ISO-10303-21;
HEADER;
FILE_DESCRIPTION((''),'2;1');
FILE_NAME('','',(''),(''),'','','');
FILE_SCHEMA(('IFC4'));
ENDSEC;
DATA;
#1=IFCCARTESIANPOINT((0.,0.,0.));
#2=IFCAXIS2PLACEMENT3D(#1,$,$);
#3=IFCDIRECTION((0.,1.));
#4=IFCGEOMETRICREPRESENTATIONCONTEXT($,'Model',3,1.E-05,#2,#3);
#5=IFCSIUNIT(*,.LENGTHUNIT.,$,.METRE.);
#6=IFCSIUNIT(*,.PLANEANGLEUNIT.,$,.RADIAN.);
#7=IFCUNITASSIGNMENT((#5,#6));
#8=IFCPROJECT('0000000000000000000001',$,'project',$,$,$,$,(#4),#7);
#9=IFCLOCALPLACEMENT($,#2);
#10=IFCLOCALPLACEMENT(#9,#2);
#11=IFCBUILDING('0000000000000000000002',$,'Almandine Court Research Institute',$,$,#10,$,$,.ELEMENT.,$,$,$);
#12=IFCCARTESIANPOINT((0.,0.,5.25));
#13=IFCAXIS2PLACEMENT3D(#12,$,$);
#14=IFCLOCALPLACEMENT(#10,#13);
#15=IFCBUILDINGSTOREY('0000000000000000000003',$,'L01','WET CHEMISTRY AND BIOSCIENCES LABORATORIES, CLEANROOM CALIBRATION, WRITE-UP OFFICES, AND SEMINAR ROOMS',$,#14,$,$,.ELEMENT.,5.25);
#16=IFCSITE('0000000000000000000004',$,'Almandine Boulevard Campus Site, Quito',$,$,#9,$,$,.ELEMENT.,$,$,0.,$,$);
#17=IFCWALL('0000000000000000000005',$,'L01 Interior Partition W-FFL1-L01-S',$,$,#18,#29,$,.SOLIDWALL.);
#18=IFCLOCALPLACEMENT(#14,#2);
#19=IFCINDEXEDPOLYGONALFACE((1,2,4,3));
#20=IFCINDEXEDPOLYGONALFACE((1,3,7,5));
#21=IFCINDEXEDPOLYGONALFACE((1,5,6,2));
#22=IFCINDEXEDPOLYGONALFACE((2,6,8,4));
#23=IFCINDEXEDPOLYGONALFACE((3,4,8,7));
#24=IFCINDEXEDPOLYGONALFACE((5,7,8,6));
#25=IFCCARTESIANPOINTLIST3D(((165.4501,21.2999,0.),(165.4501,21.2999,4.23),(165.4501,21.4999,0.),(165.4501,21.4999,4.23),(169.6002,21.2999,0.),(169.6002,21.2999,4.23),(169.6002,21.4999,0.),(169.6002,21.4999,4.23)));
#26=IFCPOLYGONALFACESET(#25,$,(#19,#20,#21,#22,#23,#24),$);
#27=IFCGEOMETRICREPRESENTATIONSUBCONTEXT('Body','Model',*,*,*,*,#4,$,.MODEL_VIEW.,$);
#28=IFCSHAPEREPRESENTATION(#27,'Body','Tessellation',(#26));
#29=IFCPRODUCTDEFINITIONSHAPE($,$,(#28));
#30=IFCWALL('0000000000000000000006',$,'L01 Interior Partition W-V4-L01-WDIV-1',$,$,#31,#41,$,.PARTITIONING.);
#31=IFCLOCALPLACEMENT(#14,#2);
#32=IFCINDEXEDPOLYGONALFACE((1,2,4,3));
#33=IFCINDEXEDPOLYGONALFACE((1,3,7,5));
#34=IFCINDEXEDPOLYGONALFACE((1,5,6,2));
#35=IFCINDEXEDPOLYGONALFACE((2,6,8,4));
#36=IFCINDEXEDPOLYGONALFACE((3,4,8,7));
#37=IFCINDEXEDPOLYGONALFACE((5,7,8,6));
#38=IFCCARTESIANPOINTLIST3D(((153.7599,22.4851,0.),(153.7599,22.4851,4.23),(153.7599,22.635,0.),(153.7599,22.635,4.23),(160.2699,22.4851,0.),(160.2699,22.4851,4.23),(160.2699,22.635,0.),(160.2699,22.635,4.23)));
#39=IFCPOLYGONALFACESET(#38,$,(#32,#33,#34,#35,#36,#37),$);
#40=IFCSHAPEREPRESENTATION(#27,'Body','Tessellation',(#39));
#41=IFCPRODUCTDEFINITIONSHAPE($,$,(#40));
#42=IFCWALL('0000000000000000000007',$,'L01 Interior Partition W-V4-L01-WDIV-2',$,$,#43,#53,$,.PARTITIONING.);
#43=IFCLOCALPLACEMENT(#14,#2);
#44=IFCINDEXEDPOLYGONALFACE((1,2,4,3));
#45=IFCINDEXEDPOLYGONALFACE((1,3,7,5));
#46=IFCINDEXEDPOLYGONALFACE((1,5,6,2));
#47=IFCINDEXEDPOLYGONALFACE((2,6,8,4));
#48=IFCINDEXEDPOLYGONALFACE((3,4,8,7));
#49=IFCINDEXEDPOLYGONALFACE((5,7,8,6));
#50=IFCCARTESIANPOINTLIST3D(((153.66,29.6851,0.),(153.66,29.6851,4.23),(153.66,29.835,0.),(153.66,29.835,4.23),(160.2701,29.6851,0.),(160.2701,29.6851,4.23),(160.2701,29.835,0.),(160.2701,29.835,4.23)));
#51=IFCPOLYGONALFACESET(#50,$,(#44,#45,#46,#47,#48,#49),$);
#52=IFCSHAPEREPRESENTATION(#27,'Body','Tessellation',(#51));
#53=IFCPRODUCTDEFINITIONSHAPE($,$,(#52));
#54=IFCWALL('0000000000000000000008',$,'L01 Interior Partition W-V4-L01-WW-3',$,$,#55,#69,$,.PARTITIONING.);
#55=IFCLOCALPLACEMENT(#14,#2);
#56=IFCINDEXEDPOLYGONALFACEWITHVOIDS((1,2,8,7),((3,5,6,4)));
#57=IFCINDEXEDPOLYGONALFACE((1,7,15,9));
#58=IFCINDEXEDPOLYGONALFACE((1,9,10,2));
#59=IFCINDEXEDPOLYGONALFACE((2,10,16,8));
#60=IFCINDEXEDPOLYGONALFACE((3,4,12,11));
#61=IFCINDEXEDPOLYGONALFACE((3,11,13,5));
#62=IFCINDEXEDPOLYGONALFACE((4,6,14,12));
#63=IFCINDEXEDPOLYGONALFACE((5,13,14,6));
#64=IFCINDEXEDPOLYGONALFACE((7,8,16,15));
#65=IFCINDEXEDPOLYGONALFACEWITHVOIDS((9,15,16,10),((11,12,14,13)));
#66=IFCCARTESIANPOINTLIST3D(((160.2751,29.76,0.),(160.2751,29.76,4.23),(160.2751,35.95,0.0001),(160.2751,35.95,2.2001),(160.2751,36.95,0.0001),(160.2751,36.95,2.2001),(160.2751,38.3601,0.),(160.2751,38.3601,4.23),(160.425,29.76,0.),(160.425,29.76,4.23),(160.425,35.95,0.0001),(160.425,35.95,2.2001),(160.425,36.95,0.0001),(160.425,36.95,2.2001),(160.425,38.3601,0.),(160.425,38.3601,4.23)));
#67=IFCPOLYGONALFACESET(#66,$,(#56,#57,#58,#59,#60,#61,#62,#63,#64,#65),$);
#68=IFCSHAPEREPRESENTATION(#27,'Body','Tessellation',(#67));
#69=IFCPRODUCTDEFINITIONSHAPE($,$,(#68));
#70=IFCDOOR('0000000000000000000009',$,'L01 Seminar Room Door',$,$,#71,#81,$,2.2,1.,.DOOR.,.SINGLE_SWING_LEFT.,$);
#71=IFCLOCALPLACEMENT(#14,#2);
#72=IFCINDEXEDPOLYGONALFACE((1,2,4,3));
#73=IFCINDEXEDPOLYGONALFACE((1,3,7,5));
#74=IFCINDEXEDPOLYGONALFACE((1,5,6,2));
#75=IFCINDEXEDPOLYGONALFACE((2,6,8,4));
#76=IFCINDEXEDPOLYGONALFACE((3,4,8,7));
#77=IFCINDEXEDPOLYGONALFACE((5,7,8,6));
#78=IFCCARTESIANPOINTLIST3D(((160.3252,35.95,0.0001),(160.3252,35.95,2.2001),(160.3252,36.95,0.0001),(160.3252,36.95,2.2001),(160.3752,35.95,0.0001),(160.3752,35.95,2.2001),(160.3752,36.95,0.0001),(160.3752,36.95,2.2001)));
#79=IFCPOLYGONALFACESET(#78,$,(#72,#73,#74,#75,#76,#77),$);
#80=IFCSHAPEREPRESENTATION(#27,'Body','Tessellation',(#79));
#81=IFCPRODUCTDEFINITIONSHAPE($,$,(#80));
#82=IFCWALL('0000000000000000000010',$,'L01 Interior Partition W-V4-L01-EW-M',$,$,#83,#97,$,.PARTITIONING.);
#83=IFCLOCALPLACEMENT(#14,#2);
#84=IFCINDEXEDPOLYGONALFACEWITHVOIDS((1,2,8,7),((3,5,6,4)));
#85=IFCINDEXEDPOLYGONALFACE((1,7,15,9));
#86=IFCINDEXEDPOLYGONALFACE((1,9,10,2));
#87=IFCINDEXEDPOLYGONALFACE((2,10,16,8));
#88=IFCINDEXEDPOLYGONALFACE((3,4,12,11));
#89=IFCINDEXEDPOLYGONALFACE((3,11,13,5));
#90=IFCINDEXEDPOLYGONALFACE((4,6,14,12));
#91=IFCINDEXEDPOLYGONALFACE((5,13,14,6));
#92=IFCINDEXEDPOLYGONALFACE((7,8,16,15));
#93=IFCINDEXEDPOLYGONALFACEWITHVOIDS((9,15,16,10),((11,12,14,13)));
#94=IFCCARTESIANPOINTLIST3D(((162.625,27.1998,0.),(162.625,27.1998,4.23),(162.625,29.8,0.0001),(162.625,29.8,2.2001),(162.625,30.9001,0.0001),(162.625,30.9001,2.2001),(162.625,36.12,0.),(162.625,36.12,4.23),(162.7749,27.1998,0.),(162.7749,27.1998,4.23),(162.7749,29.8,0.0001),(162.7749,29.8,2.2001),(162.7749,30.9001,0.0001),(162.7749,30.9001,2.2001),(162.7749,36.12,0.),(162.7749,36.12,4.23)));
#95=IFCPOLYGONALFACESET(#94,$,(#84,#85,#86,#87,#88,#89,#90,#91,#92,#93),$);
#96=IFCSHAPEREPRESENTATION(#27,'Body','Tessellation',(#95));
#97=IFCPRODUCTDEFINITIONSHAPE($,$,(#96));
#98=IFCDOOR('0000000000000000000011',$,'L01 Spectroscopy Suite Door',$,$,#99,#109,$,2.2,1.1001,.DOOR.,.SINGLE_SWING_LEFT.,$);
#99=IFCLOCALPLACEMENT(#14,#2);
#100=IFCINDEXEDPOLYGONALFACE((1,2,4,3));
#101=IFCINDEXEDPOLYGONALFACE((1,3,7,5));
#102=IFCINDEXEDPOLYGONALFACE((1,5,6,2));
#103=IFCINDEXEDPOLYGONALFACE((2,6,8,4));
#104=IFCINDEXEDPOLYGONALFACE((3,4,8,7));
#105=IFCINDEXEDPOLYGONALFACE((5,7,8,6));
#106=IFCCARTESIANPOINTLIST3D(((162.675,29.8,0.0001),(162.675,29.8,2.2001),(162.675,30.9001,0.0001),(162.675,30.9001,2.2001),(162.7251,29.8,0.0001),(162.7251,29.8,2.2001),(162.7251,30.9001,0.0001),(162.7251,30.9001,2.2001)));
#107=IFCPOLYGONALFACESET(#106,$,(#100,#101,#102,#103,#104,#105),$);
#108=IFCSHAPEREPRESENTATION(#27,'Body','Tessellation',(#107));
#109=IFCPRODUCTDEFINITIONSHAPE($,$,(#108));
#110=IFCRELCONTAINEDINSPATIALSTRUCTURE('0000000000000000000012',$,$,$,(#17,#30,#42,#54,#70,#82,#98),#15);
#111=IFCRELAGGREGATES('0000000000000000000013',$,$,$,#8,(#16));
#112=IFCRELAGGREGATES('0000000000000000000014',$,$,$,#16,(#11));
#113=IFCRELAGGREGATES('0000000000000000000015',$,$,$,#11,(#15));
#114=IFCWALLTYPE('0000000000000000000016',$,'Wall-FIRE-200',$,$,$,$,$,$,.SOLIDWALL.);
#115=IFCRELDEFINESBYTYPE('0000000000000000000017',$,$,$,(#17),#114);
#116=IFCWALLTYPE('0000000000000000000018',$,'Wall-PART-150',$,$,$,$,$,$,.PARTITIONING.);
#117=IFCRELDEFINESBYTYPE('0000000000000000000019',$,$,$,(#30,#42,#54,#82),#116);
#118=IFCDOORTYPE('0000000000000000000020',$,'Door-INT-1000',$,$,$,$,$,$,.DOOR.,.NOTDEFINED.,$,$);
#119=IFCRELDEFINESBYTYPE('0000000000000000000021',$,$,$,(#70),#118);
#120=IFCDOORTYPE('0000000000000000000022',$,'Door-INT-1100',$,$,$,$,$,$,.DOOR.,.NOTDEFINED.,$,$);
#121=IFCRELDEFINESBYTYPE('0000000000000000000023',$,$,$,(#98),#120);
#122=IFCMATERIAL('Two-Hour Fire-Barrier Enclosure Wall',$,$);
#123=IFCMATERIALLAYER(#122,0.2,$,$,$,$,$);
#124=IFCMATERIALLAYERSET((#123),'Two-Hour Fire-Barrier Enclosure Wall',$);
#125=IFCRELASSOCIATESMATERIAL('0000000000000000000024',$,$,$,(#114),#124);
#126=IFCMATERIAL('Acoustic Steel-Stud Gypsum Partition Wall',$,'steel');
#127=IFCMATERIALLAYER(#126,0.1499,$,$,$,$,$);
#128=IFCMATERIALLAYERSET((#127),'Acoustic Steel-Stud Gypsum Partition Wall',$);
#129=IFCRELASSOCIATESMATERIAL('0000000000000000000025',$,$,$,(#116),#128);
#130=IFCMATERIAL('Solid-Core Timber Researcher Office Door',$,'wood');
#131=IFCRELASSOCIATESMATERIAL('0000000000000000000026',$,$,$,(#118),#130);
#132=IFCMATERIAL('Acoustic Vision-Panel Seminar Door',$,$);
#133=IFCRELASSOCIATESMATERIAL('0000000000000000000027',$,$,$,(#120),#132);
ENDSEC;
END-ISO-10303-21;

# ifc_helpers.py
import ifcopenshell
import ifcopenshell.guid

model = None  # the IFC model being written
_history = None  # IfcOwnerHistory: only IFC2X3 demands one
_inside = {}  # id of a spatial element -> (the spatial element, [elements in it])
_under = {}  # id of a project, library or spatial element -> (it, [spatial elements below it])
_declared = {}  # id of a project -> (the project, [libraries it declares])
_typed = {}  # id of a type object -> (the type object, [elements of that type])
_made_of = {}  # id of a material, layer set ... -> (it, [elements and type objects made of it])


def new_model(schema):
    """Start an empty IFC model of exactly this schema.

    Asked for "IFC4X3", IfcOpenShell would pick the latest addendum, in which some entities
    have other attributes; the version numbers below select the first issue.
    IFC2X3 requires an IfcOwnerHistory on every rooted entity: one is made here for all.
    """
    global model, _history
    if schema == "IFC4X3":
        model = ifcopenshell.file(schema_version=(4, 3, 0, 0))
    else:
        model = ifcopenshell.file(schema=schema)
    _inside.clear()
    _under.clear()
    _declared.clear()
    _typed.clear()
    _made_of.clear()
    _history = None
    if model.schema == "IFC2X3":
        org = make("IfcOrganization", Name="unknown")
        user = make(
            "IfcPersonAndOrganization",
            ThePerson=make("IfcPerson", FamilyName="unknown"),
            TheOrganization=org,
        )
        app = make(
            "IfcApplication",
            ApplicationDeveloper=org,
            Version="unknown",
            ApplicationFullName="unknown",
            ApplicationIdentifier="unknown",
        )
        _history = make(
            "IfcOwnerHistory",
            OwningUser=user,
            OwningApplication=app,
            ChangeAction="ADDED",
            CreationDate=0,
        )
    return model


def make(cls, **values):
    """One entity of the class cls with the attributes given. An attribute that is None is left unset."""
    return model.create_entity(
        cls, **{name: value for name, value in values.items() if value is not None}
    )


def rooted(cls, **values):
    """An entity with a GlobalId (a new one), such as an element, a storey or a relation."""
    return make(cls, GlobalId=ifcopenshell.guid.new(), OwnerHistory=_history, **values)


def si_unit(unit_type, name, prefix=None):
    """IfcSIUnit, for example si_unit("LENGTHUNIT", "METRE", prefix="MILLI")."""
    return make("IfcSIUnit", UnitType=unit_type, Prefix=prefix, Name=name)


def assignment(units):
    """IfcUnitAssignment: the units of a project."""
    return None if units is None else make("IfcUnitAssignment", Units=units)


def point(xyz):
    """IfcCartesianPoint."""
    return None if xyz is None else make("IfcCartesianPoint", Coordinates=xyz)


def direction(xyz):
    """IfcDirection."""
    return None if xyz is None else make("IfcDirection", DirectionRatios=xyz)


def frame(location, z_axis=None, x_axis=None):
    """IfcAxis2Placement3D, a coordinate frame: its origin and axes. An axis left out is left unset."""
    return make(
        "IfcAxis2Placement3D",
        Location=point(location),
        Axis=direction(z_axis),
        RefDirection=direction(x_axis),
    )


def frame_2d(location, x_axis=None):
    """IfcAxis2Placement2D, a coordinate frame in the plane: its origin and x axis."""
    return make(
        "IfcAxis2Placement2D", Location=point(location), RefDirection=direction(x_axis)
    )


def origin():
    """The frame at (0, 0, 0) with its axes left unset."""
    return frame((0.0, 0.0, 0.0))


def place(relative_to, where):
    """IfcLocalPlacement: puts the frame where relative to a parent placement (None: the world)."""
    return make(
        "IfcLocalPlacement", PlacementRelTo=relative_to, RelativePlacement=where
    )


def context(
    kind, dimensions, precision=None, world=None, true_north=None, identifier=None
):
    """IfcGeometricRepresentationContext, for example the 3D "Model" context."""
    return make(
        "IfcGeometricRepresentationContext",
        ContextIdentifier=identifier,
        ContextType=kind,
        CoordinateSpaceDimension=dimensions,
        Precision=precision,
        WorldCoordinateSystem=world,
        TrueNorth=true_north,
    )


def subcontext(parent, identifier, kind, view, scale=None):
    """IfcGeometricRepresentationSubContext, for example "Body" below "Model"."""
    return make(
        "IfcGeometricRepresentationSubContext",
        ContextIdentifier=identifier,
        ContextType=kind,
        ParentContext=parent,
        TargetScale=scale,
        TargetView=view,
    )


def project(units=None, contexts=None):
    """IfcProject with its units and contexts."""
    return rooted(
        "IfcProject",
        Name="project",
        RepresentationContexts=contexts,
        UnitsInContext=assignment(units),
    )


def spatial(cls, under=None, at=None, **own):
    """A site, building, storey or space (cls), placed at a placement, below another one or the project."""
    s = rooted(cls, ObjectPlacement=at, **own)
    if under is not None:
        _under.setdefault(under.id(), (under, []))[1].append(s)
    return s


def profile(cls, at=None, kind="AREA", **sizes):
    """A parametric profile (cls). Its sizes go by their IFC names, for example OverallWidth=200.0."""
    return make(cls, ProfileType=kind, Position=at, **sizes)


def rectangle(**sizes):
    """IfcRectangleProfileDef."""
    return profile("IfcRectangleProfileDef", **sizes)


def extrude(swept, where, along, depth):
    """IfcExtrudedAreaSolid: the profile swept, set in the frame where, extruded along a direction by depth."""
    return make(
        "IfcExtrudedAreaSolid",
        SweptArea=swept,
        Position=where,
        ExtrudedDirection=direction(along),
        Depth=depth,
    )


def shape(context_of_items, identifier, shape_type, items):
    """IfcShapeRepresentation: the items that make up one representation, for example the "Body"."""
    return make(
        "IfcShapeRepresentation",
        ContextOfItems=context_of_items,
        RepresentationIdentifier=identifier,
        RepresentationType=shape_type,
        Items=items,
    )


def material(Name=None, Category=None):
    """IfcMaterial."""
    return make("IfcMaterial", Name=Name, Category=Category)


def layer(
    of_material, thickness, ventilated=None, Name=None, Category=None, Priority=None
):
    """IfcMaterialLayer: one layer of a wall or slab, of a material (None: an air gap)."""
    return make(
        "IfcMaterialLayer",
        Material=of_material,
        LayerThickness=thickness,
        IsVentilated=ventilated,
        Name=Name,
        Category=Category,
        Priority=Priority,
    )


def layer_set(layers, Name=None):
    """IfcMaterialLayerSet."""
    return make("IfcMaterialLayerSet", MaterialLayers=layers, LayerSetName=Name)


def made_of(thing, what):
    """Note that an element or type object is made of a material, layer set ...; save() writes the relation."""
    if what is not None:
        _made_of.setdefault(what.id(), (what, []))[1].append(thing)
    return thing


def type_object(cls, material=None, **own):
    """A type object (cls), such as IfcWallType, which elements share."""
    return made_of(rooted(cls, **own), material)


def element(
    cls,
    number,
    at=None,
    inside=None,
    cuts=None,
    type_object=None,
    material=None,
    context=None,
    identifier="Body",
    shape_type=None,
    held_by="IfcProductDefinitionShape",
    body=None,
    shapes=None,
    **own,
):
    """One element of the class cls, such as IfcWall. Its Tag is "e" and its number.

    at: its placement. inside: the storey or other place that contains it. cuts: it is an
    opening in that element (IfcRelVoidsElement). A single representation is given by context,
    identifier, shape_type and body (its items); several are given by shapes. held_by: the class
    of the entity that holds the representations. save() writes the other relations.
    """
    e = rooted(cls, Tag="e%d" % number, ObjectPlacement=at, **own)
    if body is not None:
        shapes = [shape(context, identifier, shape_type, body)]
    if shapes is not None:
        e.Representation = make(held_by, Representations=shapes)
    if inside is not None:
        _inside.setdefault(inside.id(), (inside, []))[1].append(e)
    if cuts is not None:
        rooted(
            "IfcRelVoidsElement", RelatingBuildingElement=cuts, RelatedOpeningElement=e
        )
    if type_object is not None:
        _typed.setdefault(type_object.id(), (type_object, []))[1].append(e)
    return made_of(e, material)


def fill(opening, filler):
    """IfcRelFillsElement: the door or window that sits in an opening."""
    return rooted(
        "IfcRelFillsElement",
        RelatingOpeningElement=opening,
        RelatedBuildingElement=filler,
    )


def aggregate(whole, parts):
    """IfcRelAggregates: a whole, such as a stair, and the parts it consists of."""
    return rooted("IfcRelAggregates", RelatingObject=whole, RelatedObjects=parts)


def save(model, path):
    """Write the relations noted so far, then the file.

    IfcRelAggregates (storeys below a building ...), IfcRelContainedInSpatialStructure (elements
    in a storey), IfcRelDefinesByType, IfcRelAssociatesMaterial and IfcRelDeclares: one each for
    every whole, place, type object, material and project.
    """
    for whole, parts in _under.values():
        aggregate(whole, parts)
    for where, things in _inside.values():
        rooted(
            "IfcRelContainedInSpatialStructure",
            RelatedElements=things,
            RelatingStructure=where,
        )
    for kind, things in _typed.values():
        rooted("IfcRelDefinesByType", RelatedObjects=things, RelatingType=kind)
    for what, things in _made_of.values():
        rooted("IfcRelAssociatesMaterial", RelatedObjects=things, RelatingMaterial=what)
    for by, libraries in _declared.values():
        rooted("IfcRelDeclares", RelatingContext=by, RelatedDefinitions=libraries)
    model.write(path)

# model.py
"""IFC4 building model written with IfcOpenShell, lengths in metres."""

from ifc_helpers import new_model, si_unit, direction, frame, frame_2d, origin, place, context, subcontext, project, spatial, rectangle, extrude, material, layer, layer_set, type_object, element, fill, save


model = new_model("IFC4")

# Units and contexts
model_context = context("Model", 3, precision=1e-05, world=origin(), true_north=direction((0.0, 1.0)))
body_context = subcontext(model_context, "Body", "Model", "MODEL_VIEW")
ifc_project = project(units=[si_unit("LENGTHUNIT", "METRE"), si_unit("PLANEANGLEUNIT", "RADIAN")], contexts=[model_context])

# Site, building, storey
site_placement = place(None, origin())
site = spatial("IfcSite", under=ifc_project, at=site_placement, Name="Almandine Boulevard Campus Site, Quito", CompositionType="ELEMENT", RefElevation=0.0)
building_placement = place(site_placement, origin())
building = spatial("IfcBuilding", under=site, at=building_placement, Name="Almandine Court Research Institute", CompositionType="ELEMENT")
storey_placement = place(building_placement, frame((0.0, 0.0, 5.25)))
storey = spatial("IfcBuildingStorey", under=building, at=storey_placement, Name="L01", Description="WET CHEMISTRY AND BIOSCIENCES LABORATORIES, CLEANROOM CALIBRATION, WRITE-UP OFFICES, AND SEMINAR ROOMS", CompositionType="ELEMENT", Elevation=5.25)

# Shared definitions
ifc_material_1 = material(Name="Two-Hour Fire-Barrier Enclosure Wall")
ifc_layer_1 = layer(ifc_material_1, 0.2)
ifc_layer_set_1 = layer_set([ifc_layer_1], Name="Two-Hour Fire-Barrier Enclosure Wall")
wall_type_1 = type_object("IfcWallType", Name="Wall-FIRE-200", PredefinedType="SOLIDWALL", material=ifc_layer_set_1)

# Walls
wall_1_placement = place(storey_placement, frame((165.45, 21.3999, 0.0), z_axis=(0.0, 0.0, 1.0), x_axis=(1.0, 0.0, 0.0)))
element("IfcWall", 1, at=wall_1_placement, inside=storey, type_object=wall_type_1, Name="L01 Interior Partition W-FFL1-L01-S", PredefinedType="SOLIDWALL", context=body_context, shape_type="SweptSolid", body=[
    extrude(rectangle(XDim=4.1501, YDim=0.2, at=frame_2d((2.0752, 0.0))), origin(), (0.0, 0.0, 1.0), 4.23),
])
ifc_material_2 = material(Name="Acoustic Steel-Stud Gypsum Partition Wall", Category="steel")
ifc_layer_2 = layer(ifc_material_2, 0.1499)
ifc_layer_set_2 = layer_set([ifc_layer_2], Name="Acoustic Steel-Stud Gypsum Partition Wall")
wall_type_2 = type_object("IfcWallType", Name="Wall-PART-150", PredefinedType="PARTITIONING", material=ifc_layer_set_2)
wall_2_placement = place(storey_placement, frame((153.76, 22.5601, 0.0), z_axis=(0.0, 0.0, 1.0), x_axis=(1.0, 0.0, 0.0)))
element("IfcWall", 2, at=wall_2_placement, inside=storey, type_object=wall_type_2, Name="L01 Interior Partition W-V4-L01-WDIV-1", PredefinedType="PARTITIONING", context=body_context, shape_type="SweptSolid", body=[
    extrude(rectangle(XDim=6.51, YDim=0.1499, at=frame_2d((3.2549, 0.0))), origin(), (0.0, 0.0, 1.0), 4.23),
])
wall_3_placement = place(storey_placement, frame((153.6599, 29.76, 0.0), z_axis=(0.0, 0.0, 1.0), x_axis=(1.0, 0.0, 0.0)))
element("IfcWall", 3, at=wall_3_placement, inside=storey, type_object=wall_type_2, Name="L01 Interior Partition W-V4-L01-WDIV-2", PredefinedType="PARTITIONING", context=body_context, shape_type="SweptSolid", body=[
    extrude(rectangle(XDim=6.6101, YDim=0.1499, at=frame_2d((3.3052, 0.0))), origin(), (0.0, 0.0, 1.0), 4.23),
])

# Wall, opening, door
wall_4_placement = place(storey_placement, frame((160.3501, 29.76, 0.0), z_axis=(0.0, 0.0, 1.0), x_axis=(0.0, 1.0, 0.0)))
wall_4 = element("IfcWall", 4, at=wall_4_placement, inside=storey, type_object=wall_type_2, Name="L01 Interior Partition W-V4-L01-WW-3", PredefinedType="PARTITIONING", context=body_context, shape_type="SweptSolid", body=[
    extrude(rectangle(XDim=8.6001, YDim=0.1499, at=frame_2d((4.3, 0.0))), origin(), (0.0, 0.0, 1.0), 4.23),
])
opening_1_placement = place(wall_4_placement, frame((6.1899, 0.0, 0.0)))
opening_1 = element("IfcOpeningElement", 5, at=opening_1_placement, cuts=wall_4, PredefinedType="OPENING", context=body_context, shape_type="SweptSolid", body=[
    extrude(rectangle(XDim=1.0, YDim=2.2, at=frame_2d((0.5, 1.1001))), frame((0.0, 0.085, 0.0), z_axis=(0.0, -1.0, 0.0), x_axis=(1.0, 0.0, 0.0)), (0.0, 0.0, 1.0), 0.1699),
])
ifc_material_3 = material(Name="Solid-Core Timber Researcher Office Door", Category="wood")
door_type_1 = type_object("IfcDoorType", Name="Door-INT-1000", OperationType="NOTDEFINED", PredefinedType="DOOR", material=ifc_material_3)
door_1_placement = place(opening_1_placement, origin())
door_1 = element("IfcDoor", 6, at=door_1_placement, inside=storey, type_object=door_type_1, Name="L01 Seminar Room Door", OperationType="SINGLE_SWING_LEFT", OverallHeight=2.2, OverallWidth=1.0, PredefinedType="DOOR", context=body_context, shape_type="SweptSolid", body=[
    extrude(rectangle(XDim=1.0, YDim=2.2, at=frame_2d((0.5, 1.1001))), frame((0.0, 0.0249, 0.0), z_axis=(0.0, -1.0, 0.0), x_axis=(1.0, 0.0, 0.0)), (0.0, 0.0, 1.0), 0.05),
])
fill(opening_1, door_1)

# Wall, opening, door
wall_5_placement = place(storey_placement, frame((162.7, 27.2, 0.0), z_axis=(0.0, 0.0, 1.0), x_axis=(0.0, 1.0, 0.0)))
wall_5 = element("IfcWall", 7, at=wall_5_placement, inside=storey, type_object=wall_type_2, Name="L01 Interior Partition W-V4-L01-EW-M", PredefinedType="PARTITIONING", context=body_context, shape_type="SweptSolid", body=[
    extrude(rectangle(XDim=8.9202, YDim=0.1499, at=frame_2d((4.46, 0.0))), origin(), (0.0, 0.0, 1.0), 4.23),
])
opening_2_placement = place(wall_5_placement, frame((2.6001, 0.0, 0.0)))
opening_2 = element("IfcOpeningElement", 8, at=opening_2_placement, cuts=wall_5, PredefinedType="OPENING", context=body_context, shape_type="SweptSolid", body=[
    extrude(rectangle(XDim=1.1001, YDim=2.2, at=frame_2d((0.55, 1.1001))), frame((0.0, 0.085, 0.0), z_axis=(0.0, -1.0, 0.0), x_axis=(1.0, 0.0, 0.0)), (0.0, 0.0, 1.0), 0.1699),
])
ifc_material_4 = material(Name="Acoustic Vision-Panel Seminar Door")
door_type_2 = type_object("IfcDoorType", Name="Door-INT-1100", OperationType="NOTDEFINED", PredefinedType="DOOR", material=ifc_material_4)
door_2_placement = place(opening_2_placement, origin())
door_2 = element("IfcDoor", 9, at=door_2_placement, inside=storey, type_object=door_type_2, Name="L01 Spectroscopy Suite Door", OperationType="SINGLE_SWING_LEFT", OverallHeight=2.2, OverallWidth=1.1001, PredefinedType="DOOR", context=body_context, shape_type="SweptSolid", body=[
    extrude(rectangle(XDim=1.1001, YDim=2.2, at=frame_2d((0.55, 1.1001))), frame((0.0, 0.0249, 0.0), z_axis=(0.0, -1.0, 0.0), x_axis=(1.0, 0.0, 0.0)), (0.0, 0.0, 1.0), 0.05),
])
fill(opening_2, door_2)

save(model, "model.ifc")
